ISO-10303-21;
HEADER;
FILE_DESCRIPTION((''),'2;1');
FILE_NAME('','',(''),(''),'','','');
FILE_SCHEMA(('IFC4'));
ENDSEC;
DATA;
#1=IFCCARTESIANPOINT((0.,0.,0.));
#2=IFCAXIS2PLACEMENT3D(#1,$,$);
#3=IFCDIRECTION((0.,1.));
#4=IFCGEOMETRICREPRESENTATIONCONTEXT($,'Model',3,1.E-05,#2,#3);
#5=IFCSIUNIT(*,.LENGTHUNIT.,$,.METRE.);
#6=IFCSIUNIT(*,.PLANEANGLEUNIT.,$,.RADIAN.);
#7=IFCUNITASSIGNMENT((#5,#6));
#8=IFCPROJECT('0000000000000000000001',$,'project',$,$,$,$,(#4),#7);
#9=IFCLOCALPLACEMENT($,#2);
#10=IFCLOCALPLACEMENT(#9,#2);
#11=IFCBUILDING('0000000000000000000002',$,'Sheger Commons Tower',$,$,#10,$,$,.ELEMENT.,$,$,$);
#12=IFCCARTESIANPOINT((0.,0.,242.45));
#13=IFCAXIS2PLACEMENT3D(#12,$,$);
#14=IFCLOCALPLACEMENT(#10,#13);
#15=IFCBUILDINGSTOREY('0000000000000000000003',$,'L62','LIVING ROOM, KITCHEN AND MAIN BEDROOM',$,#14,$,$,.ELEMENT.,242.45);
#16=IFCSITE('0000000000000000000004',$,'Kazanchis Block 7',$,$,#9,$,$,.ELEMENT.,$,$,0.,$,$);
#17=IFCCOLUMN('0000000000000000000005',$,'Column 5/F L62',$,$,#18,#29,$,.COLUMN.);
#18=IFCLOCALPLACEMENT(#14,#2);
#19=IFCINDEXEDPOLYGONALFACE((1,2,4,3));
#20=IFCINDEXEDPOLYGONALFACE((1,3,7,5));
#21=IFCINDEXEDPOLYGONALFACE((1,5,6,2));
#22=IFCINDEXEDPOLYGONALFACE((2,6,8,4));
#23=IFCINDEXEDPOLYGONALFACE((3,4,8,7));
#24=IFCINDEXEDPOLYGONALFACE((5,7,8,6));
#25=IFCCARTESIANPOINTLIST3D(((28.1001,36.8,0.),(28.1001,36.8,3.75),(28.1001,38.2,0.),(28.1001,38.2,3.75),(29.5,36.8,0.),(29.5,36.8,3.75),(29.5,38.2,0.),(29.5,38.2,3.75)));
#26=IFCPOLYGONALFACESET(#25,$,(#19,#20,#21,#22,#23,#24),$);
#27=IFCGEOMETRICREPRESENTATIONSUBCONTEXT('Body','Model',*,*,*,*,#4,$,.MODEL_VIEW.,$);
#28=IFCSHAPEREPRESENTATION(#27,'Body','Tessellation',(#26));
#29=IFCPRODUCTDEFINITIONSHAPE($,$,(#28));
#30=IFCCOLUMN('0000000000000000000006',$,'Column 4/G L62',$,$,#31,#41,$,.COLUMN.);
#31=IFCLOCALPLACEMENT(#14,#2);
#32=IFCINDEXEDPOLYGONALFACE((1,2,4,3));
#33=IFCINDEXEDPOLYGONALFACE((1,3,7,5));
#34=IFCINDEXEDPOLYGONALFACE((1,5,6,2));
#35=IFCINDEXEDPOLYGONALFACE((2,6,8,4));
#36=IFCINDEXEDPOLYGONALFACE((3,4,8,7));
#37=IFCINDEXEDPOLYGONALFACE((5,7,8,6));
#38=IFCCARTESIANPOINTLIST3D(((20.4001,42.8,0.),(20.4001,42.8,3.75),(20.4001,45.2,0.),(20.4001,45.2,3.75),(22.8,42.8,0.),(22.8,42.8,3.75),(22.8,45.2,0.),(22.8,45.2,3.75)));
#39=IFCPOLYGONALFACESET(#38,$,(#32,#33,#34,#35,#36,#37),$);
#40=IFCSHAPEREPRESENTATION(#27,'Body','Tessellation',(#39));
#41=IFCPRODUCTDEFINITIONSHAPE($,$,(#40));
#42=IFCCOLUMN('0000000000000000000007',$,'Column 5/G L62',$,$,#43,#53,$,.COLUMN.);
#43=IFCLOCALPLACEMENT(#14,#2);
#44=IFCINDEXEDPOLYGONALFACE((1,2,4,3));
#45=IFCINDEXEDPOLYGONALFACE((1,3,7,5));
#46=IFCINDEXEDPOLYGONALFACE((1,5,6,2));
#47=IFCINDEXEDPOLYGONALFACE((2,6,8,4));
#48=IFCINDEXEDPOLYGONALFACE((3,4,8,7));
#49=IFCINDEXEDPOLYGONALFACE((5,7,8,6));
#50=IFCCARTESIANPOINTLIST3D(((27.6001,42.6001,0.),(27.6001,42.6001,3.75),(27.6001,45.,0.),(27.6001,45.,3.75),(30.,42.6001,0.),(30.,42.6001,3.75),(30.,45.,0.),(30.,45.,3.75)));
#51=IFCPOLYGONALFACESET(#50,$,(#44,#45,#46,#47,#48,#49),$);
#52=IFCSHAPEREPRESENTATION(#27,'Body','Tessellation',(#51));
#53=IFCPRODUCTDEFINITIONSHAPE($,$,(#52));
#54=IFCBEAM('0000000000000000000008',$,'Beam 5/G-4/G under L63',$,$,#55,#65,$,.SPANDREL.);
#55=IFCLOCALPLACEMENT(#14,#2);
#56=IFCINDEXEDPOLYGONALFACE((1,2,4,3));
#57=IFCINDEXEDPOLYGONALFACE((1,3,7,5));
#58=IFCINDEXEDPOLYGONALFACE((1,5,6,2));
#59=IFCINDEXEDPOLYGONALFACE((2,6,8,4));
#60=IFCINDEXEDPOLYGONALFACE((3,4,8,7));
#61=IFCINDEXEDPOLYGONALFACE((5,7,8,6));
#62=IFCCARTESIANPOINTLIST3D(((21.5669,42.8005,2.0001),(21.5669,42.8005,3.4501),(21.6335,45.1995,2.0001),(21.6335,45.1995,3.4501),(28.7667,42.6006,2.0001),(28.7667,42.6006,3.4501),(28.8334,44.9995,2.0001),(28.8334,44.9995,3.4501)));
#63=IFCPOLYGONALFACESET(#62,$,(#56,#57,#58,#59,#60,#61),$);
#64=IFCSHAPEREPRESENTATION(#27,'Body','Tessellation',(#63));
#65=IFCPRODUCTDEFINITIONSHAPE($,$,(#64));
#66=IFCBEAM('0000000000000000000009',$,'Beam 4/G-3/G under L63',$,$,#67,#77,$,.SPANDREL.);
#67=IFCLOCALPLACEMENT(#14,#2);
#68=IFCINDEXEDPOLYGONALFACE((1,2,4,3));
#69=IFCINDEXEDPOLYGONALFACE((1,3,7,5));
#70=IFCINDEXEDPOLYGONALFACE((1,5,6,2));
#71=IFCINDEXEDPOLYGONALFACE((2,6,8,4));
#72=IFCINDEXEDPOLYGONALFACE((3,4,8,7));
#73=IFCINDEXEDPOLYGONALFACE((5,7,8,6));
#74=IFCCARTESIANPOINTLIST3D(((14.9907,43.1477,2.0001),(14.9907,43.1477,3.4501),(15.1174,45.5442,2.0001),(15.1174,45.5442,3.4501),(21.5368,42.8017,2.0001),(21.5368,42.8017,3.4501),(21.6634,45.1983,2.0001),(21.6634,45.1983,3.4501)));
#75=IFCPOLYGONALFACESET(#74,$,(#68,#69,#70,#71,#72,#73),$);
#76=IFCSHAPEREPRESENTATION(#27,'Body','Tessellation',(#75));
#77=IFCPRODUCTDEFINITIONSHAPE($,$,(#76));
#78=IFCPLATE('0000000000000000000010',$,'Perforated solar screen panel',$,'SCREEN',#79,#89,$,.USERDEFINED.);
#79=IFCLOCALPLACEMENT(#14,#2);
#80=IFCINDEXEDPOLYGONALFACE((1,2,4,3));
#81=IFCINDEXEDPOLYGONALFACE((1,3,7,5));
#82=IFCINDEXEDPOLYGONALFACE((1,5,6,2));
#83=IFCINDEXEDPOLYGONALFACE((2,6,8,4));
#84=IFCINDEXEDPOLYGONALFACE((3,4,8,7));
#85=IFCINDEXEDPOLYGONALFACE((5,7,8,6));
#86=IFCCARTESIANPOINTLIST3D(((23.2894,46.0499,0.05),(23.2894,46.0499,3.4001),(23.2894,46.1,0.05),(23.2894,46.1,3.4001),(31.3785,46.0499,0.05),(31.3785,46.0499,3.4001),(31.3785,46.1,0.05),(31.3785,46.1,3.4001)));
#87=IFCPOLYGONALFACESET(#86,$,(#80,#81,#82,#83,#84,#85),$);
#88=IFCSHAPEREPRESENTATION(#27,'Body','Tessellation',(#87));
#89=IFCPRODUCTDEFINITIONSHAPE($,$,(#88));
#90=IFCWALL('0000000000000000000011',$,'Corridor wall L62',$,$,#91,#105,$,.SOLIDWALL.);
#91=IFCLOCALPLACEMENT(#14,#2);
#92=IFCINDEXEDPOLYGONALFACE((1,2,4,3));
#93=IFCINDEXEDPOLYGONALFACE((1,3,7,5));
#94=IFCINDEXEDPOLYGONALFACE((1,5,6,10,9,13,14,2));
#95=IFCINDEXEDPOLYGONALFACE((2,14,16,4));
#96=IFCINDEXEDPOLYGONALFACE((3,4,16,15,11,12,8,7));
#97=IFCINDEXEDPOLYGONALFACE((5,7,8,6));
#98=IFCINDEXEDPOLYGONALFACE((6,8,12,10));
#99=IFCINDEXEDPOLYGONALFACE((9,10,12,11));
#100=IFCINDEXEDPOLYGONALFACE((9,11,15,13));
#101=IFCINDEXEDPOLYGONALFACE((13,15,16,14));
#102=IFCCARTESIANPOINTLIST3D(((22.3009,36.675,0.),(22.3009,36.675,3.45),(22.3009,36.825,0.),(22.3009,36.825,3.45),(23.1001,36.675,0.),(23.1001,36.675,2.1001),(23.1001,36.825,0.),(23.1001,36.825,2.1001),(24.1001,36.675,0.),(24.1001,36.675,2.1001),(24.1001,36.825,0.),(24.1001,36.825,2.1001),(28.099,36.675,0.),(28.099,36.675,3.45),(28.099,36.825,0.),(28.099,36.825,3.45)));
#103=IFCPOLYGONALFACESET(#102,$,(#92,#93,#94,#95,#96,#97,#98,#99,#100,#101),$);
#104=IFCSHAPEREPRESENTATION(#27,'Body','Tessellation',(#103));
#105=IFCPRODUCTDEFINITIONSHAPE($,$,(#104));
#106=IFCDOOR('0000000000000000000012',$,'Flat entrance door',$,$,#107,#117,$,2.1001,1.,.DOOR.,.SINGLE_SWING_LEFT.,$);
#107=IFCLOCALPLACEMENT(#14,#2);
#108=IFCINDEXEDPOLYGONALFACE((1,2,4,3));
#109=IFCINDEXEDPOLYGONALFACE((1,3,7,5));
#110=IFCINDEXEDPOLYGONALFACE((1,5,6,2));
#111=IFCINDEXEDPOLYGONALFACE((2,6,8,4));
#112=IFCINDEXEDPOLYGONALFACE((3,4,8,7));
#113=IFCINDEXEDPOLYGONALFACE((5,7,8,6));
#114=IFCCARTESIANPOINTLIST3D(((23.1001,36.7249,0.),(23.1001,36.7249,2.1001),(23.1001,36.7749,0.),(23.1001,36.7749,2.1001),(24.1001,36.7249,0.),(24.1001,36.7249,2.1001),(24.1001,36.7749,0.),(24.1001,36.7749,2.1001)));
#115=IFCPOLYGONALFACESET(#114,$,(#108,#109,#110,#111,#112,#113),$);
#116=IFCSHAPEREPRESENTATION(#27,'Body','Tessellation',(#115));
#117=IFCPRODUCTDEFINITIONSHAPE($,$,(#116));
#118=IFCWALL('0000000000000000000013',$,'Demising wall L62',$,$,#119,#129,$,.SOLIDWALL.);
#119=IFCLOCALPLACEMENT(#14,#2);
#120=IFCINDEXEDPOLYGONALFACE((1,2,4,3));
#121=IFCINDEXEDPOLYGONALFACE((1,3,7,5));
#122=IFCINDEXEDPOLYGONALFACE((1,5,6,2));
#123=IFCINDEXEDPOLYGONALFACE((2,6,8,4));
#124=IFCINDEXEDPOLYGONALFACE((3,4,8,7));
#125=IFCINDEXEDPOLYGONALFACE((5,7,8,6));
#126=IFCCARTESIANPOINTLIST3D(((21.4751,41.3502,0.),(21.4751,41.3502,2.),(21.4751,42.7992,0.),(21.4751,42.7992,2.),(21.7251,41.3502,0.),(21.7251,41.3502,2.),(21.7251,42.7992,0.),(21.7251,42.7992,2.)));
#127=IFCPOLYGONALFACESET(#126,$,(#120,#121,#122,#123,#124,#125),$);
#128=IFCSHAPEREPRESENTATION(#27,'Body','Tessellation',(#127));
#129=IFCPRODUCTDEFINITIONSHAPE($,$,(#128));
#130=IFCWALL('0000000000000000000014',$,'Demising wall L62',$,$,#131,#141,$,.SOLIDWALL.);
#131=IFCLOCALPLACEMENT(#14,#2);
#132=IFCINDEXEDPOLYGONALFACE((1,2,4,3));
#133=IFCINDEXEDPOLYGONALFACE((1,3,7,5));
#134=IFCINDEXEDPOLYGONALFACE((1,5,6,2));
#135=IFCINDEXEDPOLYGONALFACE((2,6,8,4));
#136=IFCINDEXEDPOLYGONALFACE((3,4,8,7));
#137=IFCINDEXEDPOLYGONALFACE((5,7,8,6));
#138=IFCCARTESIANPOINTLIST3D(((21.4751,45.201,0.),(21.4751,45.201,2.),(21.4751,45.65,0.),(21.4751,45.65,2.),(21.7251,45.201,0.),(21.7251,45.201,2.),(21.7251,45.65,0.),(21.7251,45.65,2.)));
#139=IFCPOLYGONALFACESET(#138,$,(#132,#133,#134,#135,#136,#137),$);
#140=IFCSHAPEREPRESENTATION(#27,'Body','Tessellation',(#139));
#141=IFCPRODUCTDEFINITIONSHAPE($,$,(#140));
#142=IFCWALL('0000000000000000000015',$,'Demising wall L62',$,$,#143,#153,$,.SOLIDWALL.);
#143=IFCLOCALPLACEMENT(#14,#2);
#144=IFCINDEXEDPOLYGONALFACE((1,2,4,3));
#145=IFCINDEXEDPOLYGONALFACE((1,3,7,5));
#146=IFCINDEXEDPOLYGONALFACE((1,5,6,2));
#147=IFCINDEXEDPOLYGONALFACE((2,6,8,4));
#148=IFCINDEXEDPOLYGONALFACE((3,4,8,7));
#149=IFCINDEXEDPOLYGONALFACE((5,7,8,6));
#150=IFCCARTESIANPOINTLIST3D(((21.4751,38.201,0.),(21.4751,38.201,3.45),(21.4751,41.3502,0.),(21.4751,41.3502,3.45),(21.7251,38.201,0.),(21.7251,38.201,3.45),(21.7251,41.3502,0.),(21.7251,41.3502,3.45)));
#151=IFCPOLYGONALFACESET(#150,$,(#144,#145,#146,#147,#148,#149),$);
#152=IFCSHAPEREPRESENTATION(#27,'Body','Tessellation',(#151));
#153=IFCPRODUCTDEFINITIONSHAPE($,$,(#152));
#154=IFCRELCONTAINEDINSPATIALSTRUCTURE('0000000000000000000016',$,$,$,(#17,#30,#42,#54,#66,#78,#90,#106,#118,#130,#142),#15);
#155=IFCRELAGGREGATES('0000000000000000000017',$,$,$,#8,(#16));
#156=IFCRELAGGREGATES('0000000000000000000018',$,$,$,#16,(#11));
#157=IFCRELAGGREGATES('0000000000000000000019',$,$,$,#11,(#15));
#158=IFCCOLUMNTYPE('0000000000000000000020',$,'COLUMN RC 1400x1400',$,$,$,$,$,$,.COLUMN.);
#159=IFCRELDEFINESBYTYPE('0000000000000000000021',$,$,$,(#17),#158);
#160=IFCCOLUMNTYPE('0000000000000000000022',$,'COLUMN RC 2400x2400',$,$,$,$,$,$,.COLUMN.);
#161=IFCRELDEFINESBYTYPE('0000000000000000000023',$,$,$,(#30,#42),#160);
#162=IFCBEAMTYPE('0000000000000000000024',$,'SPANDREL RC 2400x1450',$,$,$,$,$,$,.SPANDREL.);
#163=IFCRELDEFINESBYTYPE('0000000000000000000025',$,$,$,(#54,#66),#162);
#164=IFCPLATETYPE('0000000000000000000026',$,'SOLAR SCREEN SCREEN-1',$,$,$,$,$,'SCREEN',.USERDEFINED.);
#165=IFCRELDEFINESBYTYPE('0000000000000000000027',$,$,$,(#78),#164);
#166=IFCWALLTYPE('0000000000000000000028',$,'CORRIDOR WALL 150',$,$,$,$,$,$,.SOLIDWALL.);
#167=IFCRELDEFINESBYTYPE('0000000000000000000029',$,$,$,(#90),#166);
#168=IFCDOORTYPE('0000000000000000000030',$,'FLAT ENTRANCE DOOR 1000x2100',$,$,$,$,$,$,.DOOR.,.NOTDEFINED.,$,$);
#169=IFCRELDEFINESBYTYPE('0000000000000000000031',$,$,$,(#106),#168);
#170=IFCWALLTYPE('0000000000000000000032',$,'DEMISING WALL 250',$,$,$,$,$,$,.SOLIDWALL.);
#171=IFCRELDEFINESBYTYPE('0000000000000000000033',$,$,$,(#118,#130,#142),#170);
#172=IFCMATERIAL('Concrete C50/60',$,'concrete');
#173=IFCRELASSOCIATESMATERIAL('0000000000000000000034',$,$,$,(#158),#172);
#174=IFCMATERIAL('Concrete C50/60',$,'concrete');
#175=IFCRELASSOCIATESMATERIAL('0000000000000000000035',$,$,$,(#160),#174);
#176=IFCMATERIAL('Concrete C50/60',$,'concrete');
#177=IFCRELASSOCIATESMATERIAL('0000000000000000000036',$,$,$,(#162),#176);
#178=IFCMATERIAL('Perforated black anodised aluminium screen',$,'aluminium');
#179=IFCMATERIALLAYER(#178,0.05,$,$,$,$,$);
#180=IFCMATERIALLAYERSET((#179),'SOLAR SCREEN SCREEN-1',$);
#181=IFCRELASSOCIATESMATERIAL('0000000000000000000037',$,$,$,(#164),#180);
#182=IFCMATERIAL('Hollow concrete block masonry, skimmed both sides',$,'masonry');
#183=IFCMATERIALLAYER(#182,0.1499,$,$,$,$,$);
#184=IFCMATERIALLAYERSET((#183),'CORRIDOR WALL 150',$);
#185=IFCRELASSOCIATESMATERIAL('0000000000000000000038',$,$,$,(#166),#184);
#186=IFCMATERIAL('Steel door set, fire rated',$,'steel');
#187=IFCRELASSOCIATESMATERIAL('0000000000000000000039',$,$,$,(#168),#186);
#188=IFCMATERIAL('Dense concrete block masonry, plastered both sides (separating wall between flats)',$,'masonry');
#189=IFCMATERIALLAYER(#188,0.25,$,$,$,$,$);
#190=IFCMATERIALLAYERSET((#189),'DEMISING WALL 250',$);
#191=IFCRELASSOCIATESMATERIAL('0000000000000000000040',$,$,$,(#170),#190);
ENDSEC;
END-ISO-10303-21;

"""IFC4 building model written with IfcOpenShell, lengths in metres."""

from ifc_helpers import new_model, si_unit, direction, frame, frame_2d, origin, origin_2d, place, context, subcontext, project, spatial, rectangle, extrude, material, layer, layer_set, material_profile, profile_set, type_object, element, fill, save


model = new_model("IFC4")

# Units and contexts
model_context = context("Model", 3, precision=1e-05, world=origin(), true_north=direction((0.0, 1.0)))
body_context = subcontext(model_context, "Body", "Model", "MODEL_VIEW")
ifc_project = project(units=[si_unit("LENGTHUNIT", "METRE"), si_unit("PLANEANGLEUNIT", "RADIAN")], contexts=[model_context])

# Site, building, storey
site_placement = place(None, origin())
site = spatial("IfcSite", under=ifc_project, at=site_placement, Name="Kazanchis Block 7", CompositionType="ELEMENT", RefElevation=0.0)
building_placement = place(site_placement, origin())
building = spatial("IfcBuilding", under=site, at=building_placement, Name="Sheger Commons Tower", CompositionType="ELEMENT")
storey_placement = place(building_placement, frame((0.0, 0.0, 242.45)))
storey = spatial("IfcBuildingStorey", under=building, at=storey_placement, Name="L62", Description="LIVING ROOM, KITCHEN AND MAIN BEDROOM", CompositionType="ELEMENT", Elevation=242.45)

# Columns
ifc_material_1 = material(Name="Concrete C50/60", Category="concrete")
ifc_material_profile_1 = material_profile(ifc_material_1, rectangle(XDim=1.3999, YDim=1.3999, at=origin_2d()), Name="RC 1400x1400")
ifc_profile_set_1 = profile_set([ifc_material_profile_1], Name="Concrete C50/60")
column_type_1 = type_object("IfcColumnType", Name="COLUMN RC 1400x1400", PredefinedType="COLUMN", material=ifc_profile_set_1)
column_placement = place(storey_placement, frame((28.8, 37.5, 0.0), z_axis=(0.0, 0.0, 1.0), x_axis=(1.0, 0.0, 0.0)))
element("IfcColumn", 1, at=column_placement, inside=storey, type_object=column_type_1, Name="Column 5/F L62", PredefinedType="COLUMN", context=body_context, shape_type="SweptSolid", body=[
    extrude(rectangle(XDim=1.3999, YDim=1.3999, at=origin_2d()), origin(), (0.0, 0.0, 1.0), 3.75),
])
ifc_material_2 = material(Name="Concrete C50/60", Category="concrete")
ifc_material_profile_2 = material_profile(ifc_material_2, rectangle(XDim=2.3999, YDim=2.3999, at=origin_2d()), Name="RC 2400x2400")
ifc_profile_set_2 = profile_set([ifc_material_profile_2], Name="Concrete C50/60")
column_type_2 = type_object("IfcColumnType", Name="COLUMN RC 2400x2400", PredefinedType="COLUMN", material=ifc_profile_set_2)
for number, where, z_axis, x_axis, name in (
    (2, (21.6001, 44.0, 0.0), (0.0, 0.0, 1.0), (1.0, 0.0, 0.0), "Column 4/G L62"),
    (3, (28.8, 43.8, 0.0), (0.0, 0.0, 1.0), (1.0, 0.0, 0.0), "Column 5/G L62"),
):
    element("IfcColumn", number, at=place(storey_placement, frame(where, z_axis=z_axis, x_axis=x_axis)), inside=storey, type_object=column_type_2, Name=name, PredefinedType="COLUMN", context=body_context, shape_type="SweptSolid", body=[
        extrude(rectangle(XDim=2.3999, YDim=2.3999, at=origin_2d()), origin(), (0.0, 0.0, 1.0), 3.75),
    ])

# Beams
ifc_material_3 = material(Name="Concrete C50/60", Category="concrete")
ifc_material_profile_3 = material_profile(ifc_material_3, rectangle(XDim=2.3999, YDim=1.45, at=origin_2d()), Name="RC 2400x1450")
ifc_profile_set_3 = profile_set([ifc_material_profile_3], Name="Concrete C50/60")
beam_type = type_object("IfcBeamType", Name="SPANDREL RC 2400x1450", PredefinedType="SPANDREL", material=ifc_profile_set_3)
beam_1_placement = place(storey_placement, frame((28.8, 43.8, 2.7251), z_axis=(-0.999615, 0.02776, 0.0), x_axis=(-0.02776, -0.999615, 0.0)))
element("IfcBeam", 4, at=beam_1_placement, inside=storey, type_object=beam_type, Name="Beam 5/G-4/G under L63", PredefinedType="SPANDREL", context=body_context, shape_type="SweptSolid", body=[
    extrude(rectangle(XDim=2.3999, YDim=1.45, at=origin_2d()), origin(), (0.0, 0.0, 1.0), 7.2026),
])
beam_2_placement = place(storey_placement, frame((21.6001, 44.0, 2.7251), z_axis=(-0.998606, 0.052774, 0.0), x_axis=(-0.052774, -0.998606, 0.0)))
element("IfcBeam", 5, at=beam_2_placement, inside=storey, type_object=beam_type, Name="Beam 4/G-3/G under L63", PredefinedType="SPANDREL", context=body_context, shape_type="SweptSolid", body=[
    extrude(rectangle(XDim=2.3999, YDim=1.45, at=origin_2d()), origin(), (0.0, 0.0, 1.0), 6.5552),
])

# Plate
ifc_material_4 = material(Name="Perforated black anodised aluminium screen", Category="aluminium")
ifc_layer_1 = layer(ifc_material_4, 0.05)
ifc_layer_set_1 = layer_set([ifc_layer_1], Name="SOLAR SCREEN SCREEN-1")
plate_type = type_object("IfcPlateType", Name="SOLAR SCREEN SCREEN-1", ElementType="SCREEN", PredefinedType="USERDEFINED", material=ifc_layer_set_1)
plate_placement = place(storey_placement, frame((27.334, 46.075, 0.05), z_axis=(0.0, 0.0, 1.0), x_axis=(-1.0, 0.0, 0.0)))
element("IfcPlate", 6, at=plate_placement, inside=storey, type_object=plate_type, Name="Perforated solar screen panel", ObjectType="SCREEN", PredefinedType="USERDEFINED", context=body_context, shape_type="SweptSolid", body=[
    extrude(rectangle(XDim=8.0891, YDim=0.05, at=origin_2d()), origin(), (0.0, 0.0, 1.0), 3.3501),
])

# Wall, opening, door
ifc_material_5 = material(Name="Hollow concrete block masonry, skimmed both sides", Category="masonry")
ifc_layer_2 = layer(ifc_material_5, 0.1499)
ifc_layer_set_2 = layer_set([ifc_layer_2], Name="CORRIDOR WALL 150")
wall_type_1 = type_object("IfcWallType", Name="CORRIDOR WALL 150", PredefinedType="SOLIDWALL", material=ifc_layer_set_2)
wall_1_placement = place(storey_placement, frame((22.301, 36.75, 0.0), z_axis=(0.0, 0.0, 1.0), x_axis=(1.0, 0.0, 0.0)))
wall_1 = element("IfcWall", 7, at=wall_1_placement, inside=storey, type_object=wall_type_1, Name="Corridor wall L62", PredefinedType="SOLIDWALL", context=body_context, shape_type="SweptSolid", body=[
    extrude(rectangle(XDim=5.7981, YDim=0.1499, at=frame_2d((2.8989, 0.0))), origin(), (0.0, 0.0, 1.0), 3.45),
])
opening_1_placement = place(wall_1_placement, frame((0.7991, 0.0, 0.0)))
opening_1 = element("IfcOpeningElement", 8, at=opening_1_placement, cuts=wall_1, PredefinedType="OPENING", context=body_context, shape_type="SweptSolid", body=[
    extrude(rectangle(XDim=1.0, YDim=2.1001, at=frame_2d((0.5, 1.05))), frame((0.0, 0.085, 0.0), z_axis=(0.0, -1.0, 0.0), x_axis=(1.0, 0.0, 0.0)), (0.0, 0.0, 1.0), 0.1699),
])
ifc_material_6 = material(Name="Steel door set, fire rated", Category="steel")
door_type_1 = type_object("IfcDoorType", Name="FLAT ENTRANCE DOOR 1000x2100", OperationType="NOTDEFINED", PredefinedType="DOOR", material=ifc_material_6)
door_1_placement = place(opening_1_placement, origin())
door_1 = element("IfcDoor", 9, at=door_1_placement, inside=storey, type_object=door_type_1, Name="Flat entrance door", OperationType="SINGLE_SWING_LEFT", OverallHeight=2.1001, OverallWidth=1.0, PredefinedType="DOOR", context=body_context, shape_type="SweptSolid", body=[
    extrude(rectangle(XDim=1.0, YDim=2.1001, at=frame_2d((0.5, 1.05))), frame((0.0, 0.0249, 0.0), z_axis=(0.0, -1.0, 0.0), x_axis=(1.0, 0.0, 0.0)), (0.0, 0.0, 1.0), 0.05),
])
fill(opening_1, door_1)

# Walls
ifc_material_7 = material(Name="Dense concrete block masonry, plastered both sides (separating wall between flats)", Category="masonry")
ifc_layer_3 = layer(ifc_material_7, 0.25)
ifc_layer_set_3 = layer_set([ifc_layer_3], Name="DEMISING WALL 250")
wall_type_2 = type_object("IfcWallType", Name="DEMISING WALL 250", PredefinedType="SOLIDWALL", material=ifc_layer_set_3)
wall_2_placement = place(storey_placement, frame((21.6001, 41.3501, 0.0), z_axis=(0.0, 0.0, 1.0), x_axis=(0.0, 1.0, 0.0)))
element("IfcWall", 10, at=wall_2_placement, inside=storey, type_object=wall_type_2, Name="Demising wall L62", PredefinedType="SOLIDWALL", context=body_context, shape_type="SweptSolid", body=[
    extrude(rectangle(XDim=1.449, YDim=0.25, at=frame_2d((0.7246, 0.0))), origin(), (0.0, 0.0, 1.0), 2.0),
])
wall_3_placement = place(storey_placement, frame((21.6001, 45.2009, 0.0), z_axis=(0.0, 0.0, 1.0), x_axis=(0.0, 1.0, 0.0)))
element("IfcWall", 11, at=wall_3_placement, inside=storey, type_object=wall_type_2, Name="Demising wall L62", PredefinedType="SOLIDWALL", context=body_context, shape_type="SweptSolid", body=[
    extrude(rectangle(XDim=0.449, YDim=0.25, at=frame_2d((0.2246, 0.0))), origin(), (0.0, 0.0, 1.0), 2.0),
])
wall_4_placement = place(storey_placement, frame((21.6001, 38.2009, 0.0), z_axis=(0.0, 0.0, 1.0), x_axis=(0.0, 1.0, 0.0)))
element("IfcWall", 12, at=wall_4_placement, inside=storey, type_object=wall_type_2, Name="Demising wall L62", PredefinedType="SOLIDWALL", context=body_context, shape_type="SweptSolid", body=[
    extrude(rectangle(XDim=3.1492, YDim=0.25, at=frame_2d((1.5747, 0.0))), origin(), (0.0, 0.0, 1.0), 3.45),
])

save(model, "model.ifc")
